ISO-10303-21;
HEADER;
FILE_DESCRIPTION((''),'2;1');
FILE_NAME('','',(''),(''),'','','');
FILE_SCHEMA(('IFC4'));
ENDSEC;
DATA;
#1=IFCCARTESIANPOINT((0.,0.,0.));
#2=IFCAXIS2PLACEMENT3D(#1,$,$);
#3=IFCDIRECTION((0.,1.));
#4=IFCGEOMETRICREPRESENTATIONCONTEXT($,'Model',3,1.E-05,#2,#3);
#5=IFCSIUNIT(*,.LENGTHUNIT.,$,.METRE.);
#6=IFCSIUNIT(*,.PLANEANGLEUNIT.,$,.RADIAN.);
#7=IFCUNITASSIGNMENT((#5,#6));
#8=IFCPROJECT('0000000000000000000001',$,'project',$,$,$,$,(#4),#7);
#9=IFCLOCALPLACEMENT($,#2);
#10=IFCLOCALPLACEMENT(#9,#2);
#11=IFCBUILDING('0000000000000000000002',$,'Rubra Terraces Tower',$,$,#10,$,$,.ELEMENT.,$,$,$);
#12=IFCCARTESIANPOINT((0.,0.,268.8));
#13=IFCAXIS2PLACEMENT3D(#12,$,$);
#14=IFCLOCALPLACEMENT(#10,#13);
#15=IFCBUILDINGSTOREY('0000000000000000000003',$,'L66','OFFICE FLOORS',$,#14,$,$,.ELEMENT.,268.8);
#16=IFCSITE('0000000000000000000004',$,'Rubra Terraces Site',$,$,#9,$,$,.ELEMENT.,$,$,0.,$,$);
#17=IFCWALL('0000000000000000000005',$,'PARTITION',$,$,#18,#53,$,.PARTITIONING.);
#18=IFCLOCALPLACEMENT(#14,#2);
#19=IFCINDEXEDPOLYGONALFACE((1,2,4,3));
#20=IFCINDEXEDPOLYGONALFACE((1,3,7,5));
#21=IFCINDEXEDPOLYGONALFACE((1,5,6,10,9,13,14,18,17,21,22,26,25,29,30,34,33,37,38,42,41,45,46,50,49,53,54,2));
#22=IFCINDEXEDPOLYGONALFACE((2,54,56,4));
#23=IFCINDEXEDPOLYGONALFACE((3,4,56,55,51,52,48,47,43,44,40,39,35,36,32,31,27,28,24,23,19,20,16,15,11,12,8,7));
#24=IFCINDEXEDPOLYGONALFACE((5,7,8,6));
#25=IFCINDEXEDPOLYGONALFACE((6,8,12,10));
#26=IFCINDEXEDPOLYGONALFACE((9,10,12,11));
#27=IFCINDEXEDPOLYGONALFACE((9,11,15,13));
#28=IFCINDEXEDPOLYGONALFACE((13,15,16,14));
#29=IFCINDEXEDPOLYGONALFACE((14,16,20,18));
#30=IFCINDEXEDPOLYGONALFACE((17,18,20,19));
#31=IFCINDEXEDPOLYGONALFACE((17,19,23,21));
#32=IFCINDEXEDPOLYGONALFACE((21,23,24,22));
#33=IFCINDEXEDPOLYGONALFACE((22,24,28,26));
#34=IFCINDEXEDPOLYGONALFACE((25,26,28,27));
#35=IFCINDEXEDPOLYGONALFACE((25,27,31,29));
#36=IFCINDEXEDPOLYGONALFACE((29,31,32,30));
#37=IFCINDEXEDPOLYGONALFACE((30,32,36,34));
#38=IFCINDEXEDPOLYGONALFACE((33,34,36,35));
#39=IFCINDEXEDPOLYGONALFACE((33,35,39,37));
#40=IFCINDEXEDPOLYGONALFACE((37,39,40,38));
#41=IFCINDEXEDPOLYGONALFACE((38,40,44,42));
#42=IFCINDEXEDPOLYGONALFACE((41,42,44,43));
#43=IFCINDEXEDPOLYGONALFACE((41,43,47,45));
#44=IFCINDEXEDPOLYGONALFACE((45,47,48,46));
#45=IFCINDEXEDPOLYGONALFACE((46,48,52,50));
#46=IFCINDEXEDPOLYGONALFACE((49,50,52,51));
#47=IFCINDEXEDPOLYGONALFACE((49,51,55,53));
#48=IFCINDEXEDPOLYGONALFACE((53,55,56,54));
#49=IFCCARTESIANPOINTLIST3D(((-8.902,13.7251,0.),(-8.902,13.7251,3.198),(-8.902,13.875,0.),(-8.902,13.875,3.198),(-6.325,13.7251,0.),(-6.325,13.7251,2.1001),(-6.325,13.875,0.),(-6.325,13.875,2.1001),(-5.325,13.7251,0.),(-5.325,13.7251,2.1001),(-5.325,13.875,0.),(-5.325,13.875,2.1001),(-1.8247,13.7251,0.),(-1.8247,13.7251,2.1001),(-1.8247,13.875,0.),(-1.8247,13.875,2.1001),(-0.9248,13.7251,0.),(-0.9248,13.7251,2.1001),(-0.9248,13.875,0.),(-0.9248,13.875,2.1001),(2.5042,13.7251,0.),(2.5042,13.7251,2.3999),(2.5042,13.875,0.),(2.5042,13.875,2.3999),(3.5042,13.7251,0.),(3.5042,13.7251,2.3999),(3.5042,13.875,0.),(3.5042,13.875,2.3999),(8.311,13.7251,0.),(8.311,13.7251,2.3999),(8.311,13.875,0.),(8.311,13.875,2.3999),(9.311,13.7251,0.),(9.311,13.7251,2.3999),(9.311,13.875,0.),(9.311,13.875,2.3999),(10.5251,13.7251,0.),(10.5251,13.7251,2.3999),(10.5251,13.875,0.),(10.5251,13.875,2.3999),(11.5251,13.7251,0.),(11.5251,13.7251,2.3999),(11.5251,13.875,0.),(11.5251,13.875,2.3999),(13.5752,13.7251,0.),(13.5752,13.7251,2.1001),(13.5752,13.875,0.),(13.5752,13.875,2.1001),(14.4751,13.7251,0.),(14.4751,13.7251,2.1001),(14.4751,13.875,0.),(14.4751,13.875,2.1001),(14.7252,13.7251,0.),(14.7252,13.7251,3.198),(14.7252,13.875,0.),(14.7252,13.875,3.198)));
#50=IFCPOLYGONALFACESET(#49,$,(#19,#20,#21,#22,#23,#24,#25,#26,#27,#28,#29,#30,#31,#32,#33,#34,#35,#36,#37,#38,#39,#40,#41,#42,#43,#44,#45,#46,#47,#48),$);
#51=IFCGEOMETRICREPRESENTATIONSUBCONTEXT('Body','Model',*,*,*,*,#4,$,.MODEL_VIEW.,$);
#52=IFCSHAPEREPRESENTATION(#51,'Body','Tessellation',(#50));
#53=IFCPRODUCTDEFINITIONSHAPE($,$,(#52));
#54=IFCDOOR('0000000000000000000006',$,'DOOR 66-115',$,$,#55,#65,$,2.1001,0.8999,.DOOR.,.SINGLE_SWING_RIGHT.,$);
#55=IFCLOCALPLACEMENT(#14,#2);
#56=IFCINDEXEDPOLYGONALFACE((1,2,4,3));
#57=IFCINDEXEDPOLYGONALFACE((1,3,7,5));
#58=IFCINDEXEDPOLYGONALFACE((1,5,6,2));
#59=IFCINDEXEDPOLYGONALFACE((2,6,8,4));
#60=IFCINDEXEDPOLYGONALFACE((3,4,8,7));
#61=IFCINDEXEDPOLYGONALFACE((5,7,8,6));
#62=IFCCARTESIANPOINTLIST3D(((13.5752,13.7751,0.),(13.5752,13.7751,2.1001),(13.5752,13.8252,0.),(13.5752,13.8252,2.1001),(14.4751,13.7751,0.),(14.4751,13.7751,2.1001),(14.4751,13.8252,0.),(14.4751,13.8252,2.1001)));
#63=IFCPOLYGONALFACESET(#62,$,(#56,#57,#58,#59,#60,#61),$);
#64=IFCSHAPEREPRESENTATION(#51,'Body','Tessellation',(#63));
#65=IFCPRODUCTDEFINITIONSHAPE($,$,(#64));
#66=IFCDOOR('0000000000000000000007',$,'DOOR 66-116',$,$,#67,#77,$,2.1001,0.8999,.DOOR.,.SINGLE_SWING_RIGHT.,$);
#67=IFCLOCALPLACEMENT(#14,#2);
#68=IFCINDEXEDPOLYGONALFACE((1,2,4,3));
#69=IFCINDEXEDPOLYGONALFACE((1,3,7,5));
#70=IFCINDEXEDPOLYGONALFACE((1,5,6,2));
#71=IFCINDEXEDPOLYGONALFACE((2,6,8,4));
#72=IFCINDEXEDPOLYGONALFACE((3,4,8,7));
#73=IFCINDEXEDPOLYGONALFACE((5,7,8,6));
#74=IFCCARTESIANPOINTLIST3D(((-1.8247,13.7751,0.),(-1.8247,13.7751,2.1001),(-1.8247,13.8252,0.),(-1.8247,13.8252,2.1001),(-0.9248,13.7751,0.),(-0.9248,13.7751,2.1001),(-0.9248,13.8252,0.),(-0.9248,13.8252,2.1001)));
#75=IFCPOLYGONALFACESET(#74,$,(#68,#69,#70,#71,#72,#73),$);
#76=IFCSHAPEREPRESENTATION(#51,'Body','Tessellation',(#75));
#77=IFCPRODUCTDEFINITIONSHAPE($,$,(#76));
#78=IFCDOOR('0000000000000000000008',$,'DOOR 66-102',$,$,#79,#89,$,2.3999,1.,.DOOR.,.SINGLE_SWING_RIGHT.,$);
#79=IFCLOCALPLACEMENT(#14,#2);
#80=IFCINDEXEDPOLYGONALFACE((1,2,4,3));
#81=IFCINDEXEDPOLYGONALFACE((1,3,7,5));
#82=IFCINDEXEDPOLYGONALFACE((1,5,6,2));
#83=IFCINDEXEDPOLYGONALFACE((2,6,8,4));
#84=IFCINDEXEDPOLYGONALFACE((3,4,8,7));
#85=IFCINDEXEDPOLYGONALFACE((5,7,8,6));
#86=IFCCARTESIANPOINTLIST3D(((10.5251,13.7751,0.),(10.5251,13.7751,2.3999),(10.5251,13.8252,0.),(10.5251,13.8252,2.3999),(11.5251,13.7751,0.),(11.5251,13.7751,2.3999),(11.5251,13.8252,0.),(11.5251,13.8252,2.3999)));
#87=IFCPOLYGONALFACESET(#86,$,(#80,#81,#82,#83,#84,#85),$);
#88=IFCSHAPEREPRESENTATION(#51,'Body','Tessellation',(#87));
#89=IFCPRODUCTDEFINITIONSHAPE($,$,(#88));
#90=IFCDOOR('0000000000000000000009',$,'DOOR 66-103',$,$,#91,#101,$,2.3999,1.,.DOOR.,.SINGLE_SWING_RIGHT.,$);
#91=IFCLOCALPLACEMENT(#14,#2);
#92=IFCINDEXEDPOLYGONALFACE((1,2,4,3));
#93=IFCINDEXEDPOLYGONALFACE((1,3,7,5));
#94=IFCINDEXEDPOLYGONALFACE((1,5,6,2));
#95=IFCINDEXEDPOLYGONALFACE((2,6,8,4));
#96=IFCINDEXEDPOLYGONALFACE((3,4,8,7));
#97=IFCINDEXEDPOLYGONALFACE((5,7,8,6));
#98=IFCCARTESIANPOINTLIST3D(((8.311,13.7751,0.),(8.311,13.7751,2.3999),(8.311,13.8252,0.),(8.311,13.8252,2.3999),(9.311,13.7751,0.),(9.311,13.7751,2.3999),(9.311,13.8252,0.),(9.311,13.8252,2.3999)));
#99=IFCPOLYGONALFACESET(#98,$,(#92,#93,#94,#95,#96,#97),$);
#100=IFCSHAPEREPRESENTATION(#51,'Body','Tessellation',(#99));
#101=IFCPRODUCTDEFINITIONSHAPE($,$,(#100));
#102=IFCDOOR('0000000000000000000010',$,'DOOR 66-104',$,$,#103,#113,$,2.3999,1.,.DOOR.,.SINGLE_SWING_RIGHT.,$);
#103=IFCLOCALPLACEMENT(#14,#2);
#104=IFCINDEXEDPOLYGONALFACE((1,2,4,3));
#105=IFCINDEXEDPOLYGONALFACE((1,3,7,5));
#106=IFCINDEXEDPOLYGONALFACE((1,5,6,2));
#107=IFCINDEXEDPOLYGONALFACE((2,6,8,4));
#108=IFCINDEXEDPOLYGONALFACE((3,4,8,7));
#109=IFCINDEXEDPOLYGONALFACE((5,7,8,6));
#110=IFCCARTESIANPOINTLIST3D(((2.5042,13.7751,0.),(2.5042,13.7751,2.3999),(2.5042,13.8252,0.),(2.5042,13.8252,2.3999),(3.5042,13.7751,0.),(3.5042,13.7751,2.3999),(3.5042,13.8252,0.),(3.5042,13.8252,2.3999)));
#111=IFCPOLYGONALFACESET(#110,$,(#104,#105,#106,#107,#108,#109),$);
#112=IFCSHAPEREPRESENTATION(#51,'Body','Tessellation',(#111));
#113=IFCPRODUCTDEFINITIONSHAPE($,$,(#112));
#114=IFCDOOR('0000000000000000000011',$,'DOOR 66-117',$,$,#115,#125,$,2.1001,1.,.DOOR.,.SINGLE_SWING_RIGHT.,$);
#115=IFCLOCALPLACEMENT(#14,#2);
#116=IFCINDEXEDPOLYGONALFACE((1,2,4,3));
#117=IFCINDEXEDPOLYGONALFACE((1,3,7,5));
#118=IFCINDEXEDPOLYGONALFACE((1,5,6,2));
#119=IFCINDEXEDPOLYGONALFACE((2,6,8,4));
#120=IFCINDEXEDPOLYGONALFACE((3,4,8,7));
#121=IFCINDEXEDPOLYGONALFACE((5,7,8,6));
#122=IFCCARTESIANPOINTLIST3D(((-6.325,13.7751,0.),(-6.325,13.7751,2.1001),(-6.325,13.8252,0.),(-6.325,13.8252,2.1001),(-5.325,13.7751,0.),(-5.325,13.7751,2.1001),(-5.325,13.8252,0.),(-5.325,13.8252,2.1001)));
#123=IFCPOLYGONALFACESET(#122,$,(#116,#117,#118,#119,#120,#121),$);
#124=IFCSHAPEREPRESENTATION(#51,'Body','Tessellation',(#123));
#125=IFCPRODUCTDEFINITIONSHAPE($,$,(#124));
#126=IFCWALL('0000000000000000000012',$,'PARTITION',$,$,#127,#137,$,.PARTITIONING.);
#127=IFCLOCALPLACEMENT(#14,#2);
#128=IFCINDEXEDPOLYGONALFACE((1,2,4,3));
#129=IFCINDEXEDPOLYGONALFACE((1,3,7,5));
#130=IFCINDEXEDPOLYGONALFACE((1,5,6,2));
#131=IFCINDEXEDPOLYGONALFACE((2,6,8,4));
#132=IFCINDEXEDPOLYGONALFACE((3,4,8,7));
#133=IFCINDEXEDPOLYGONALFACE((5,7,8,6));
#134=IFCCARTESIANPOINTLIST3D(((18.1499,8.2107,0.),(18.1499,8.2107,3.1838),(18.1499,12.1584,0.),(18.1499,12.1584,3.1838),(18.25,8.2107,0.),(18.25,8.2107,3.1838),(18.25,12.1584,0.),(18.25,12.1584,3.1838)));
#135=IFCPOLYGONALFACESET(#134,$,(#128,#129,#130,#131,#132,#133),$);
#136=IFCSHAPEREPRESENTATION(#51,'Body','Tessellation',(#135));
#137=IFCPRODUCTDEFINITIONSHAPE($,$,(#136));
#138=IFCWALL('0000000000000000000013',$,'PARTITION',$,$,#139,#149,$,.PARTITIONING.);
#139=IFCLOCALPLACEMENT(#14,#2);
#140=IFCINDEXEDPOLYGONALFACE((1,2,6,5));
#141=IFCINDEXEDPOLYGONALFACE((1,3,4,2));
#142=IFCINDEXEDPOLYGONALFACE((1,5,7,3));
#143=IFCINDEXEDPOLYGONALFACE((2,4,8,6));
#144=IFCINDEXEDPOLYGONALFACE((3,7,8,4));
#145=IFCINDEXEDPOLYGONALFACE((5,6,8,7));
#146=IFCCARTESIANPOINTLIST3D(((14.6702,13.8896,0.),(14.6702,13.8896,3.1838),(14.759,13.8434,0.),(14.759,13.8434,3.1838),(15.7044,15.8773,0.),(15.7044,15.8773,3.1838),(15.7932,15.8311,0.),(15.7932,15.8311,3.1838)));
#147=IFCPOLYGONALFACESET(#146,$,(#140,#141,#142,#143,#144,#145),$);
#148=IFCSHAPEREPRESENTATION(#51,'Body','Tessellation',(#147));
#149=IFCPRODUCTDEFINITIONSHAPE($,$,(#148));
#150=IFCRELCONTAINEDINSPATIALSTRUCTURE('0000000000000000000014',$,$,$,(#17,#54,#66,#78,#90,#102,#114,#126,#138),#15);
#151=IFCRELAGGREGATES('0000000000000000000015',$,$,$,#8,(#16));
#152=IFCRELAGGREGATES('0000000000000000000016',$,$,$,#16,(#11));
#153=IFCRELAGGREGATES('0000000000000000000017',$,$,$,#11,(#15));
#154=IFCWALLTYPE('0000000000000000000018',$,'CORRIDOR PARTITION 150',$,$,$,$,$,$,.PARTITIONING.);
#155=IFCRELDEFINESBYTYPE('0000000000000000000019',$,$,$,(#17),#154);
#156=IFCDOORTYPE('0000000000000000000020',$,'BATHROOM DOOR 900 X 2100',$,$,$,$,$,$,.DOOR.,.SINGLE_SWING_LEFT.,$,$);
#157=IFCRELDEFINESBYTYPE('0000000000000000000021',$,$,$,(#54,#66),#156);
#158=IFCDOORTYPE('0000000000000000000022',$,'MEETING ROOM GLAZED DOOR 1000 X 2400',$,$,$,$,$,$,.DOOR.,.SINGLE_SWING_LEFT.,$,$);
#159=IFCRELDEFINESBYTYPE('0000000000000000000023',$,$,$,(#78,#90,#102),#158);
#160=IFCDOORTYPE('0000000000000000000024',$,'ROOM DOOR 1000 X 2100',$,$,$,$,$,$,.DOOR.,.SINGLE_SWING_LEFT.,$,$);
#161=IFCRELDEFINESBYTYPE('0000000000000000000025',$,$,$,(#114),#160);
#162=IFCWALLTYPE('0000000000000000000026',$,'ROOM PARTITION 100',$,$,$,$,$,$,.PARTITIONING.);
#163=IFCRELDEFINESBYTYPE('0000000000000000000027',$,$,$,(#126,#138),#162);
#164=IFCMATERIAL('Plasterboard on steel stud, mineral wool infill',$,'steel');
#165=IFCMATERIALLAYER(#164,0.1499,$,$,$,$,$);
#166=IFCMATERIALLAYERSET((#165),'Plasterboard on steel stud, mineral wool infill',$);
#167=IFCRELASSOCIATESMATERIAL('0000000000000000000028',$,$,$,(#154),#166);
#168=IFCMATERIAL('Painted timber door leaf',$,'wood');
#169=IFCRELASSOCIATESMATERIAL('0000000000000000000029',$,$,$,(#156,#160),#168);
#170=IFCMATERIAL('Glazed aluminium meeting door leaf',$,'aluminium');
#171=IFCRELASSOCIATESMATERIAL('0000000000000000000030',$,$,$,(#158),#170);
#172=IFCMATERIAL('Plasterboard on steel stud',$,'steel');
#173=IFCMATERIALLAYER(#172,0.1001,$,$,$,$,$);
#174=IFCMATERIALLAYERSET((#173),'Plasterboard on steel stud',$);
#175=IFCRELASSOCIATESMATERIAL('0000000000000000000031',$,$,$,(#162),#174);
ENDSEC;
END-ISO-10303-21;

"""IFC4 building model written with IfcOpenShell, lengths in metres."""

from ifc_helpers import new_model, si_unit, direction, frame, frame_2d, origin, place, context, subcontext, project, spatial, rectangle, extrude, material, layer, layer_set, type_object, element, fill, save


model = new_model("IFC4")

# Units and contexts
model_context = context("Model", 3, precision=1e-05, world=origin(), true_north=direction((0.0, 1.0)))
body_context = subcontext(model_context, "Body", "Model", "MODEL_VIEW")
ifc_project = project(units=[si_unit("LENGTHUNIT", "METRE"), si_unit("PLANEANGLEUNIT", "RADIAN")], contexts=[model_context])

# Site, building, storey
site_placement = place(None, origin())
site = spatial("IfcSite", under=ifc_project, at=site_placement, Name="Rubra Terraces Site", CompositionType="ELEMENT", RefElevation=0.0)
building_placement = place(site_placement, origin())
building = spatial("IfcBuilding", under=site, at=building_placement, Name="Rubra Terraces Tower", CompositionType="ELEMENT")
storey_placement = place(building_placement, frame((0.0, 0.0, 268.8)))
storey = spatial("IfcBuildingStorey", under=building, at=storey_placement, Name="L66", Description="OFFICE FLOORS", CompositionType="ELEMENT", Elevation=268.8)

# Wall, openings, doors
ifc_material_1 = material(Name="Plasterboard on steel stud, mineral wool infill", Category="steel")
ifc_layer_1 = layer(ifc_material_1, 0.1499)
ifc_layer_set_1 = layer_set([ifc_layer_1], Name="Plasterboard on steel stud, mineral wool infill")
wall_type_1 = type_object("IfcWallType", Name="CORRIDOR PARTITION 150", PredefinedType="PARTITIONING", material=ifc_layer_set_1)
wall_1_placement = place(storey_placement, frame((14.7251, 13.8, 0.0), z_axis=(0.0, 0.0, 1.0), x_axis=(-1.0, 0.0, 0.0)))
wall_1 = element("IfcWall", 1, at=wall_1_placement, inside=storey, type_object=wall_type_1, Name="PARTITION", PredefinedType="PARTITIONING", context=body_context, shape_type="SweptSolid", body=[
    extrude(rectangle(XDim=23.6272, YDim=0.1499, at=frame_2d((11.8135, 0.0))), origin(), (0.0, 0.0, 1.0), 3.198),
])
opening_1_placement = place(wall_1_placement, frame((3.2, 0.0, 0.0)))
opening_1 = element("IfcOpeningElement", 2, at=opening_1_placement, cuts=wall_1, PredefinedType="OPENING", context=body_context, shape_type="SweptSolid", body=[
    extrude(rectangle(XDim=1.0, YDim=2.3999, at=frame_2d((0.5, 1.2))), frame((0.0, 0.085, 0.0), z_axis=(0.0, -1.0, 0.0), x_axis=(1.0, 0.0, 0.0)), (0.0, 0.0, 1.0), 0.1699),
])
opening_2_placement = place(wall_1_placement, frame((5.4141, 0.0, 0.0)))
opening_2 = element("IfcOpeningElement", 3, at=opening_2_placement, cuts=wall_1, PredefinedType="OPENING", context=body_context, shape_type="SweptSolid", body=[
    extrude(rectangle(XDim=1.0, YDim=2.3999, at=frame_2d((0.5, 1.2))), frame((0.0, 0.085, 0.0), z_axis=(0.0, -1.0, 0.0), x_axis=(1.0, 0.0, 0.0)), (0.0, 0.0, 1.0), 0.1699),
])
opening_3_placement = place(wall_1_placement, frame((11.2209, 0.0, 0.0)))
opening_3 = element("IfcOpeningElement", 4, at=opening_3_placement, cuts=wall_1, PredefinedType="OPENING", context=body_context, shape_type="SweptSolid", body=[
    extrude(rectangle(XDim=1.0, YDim=2.3999, at=frame_2d((0.5, 1.2))), frame((0.0, 0.085, 0.0), z_axis=(0.0, -1.0, 0.0), x_axis=(1.0, 0.0, 0.0)), (0.0, 0.0, 1.0), 0.1699),
])
opening_4_placement = place(wall_1_placement, frame((0.25, 0.0, 0.0)))
opening_4 = element("IfcOpeningElement", 5, at=opening_4_placement, cuts=wall_1, PredefinedType="OPENING", context=body_context, shape_type="SweptSolid", body=[
    extrude(rectangle(XDim=0.8999, YDim=2.1001, at=frame_2d((0.45, 1.05))), frame((0.0, 0.085, 0.0), z_axis=(0.0, -1.0, 0.0), x_axis=(1.0, 0.0, 0.0)), (0.0, 0.0, 1.0), 0.1699),
])
opening_5_placement = place(wall_1_placement, frame((15.6499, 0.0, 0.0)))
opening_5 = element("IfcOpeningElement", 6, at=opening_5_placement, cuts=wall_1, PredefinedType="OPENING", context=body_context, shape_type="SweptSolid", body=[
    extrude(rectangle(XDim=0.8999, YDim=2.1001, at=frame_2d((0.45, 1.05))), frame((0.0, 0.085, 0.0), z_axis=(0.0, -1.0, 0.0), x_axis=(1.0, 0.0, 0.0)), (0.0, 0.0, 1.0), 0.1699),
])
opening_6_placement = place(wall_1_placement, frame((20.05, 0.0, 0.0)))
opening_6 = element("IfcOpeningElement", 7, at=opening_6_placement, cuts=wall_1, PredefinedType="OPENING", context=body_context, shape_type="SweptSolid", body=[
    extrude(rectangle(XDim=1.0, YDim=2.1001, at=frame_2d((0.5, 1.05))), frame((0.0, 0.085, 0.0), z_axis=(0.0, -1.0, 0.0), x_axis=(1.0, 0.0, 0.0)), (0.0, 0.0, 1.0), 0.1699),
])
ifc_material_2 = material(Name="Painted timber door leaf", Category="wood")
door_type_1 = type_object("IfcDoorType", Name="BATHROOM DOOR 900 X 2100", OperationType="SINGLE_SWING_LEFT", PredefinedType="DOOR", material=ifc_material_2)
door_1_placement = place(opening_4_placement, origin())
door_1 = element("IfcDoor", 8, at=door_1_placement, inside=storey, type_object=door_type_1, Name="DOOR 66-115", OperationType="SINGLE_SWING_RIGHT", OverallHeight=2.1001, OverallWidth=0.8999, PredefinedType="DOOR", context=body_context, shape_type="SweptSolid", body=[
    extrude(rectangle(XDim=0.8999, YDim=2.1001, at=frame_2d((0.45, 1.05))), frame((0.0, 0.0249, 0.0), z_axis=(0.0, -1.0, 0.0), x_axis=(1.0, 0.0, 0.0)), (0.0, 0.0, 1.0), 0.05),
])
fill(opening_4, door_1)
door_2_placement = place(opening_5_placement, origin())
door_2 = element("IfcDoor", 9, at=door_2_placement, inside=storey, type_object=door_type_1, Name="DOOR 66-116", OperationType="SINGLE_SWING_RIGHT", OverallHeight=2.1001, OverallWidth=0.8999, PredefinedType="DOOR", context=body_context, shape_type="SweptSolid", body=[
    extrude(rectangle(XDim=0.8999, YDim=2.1001, at=frame_2d((0.45, 1.05))), frame((0.0, 0.0249, 0.0), z_axis=(0.0, -1.0, 0.0), x_axis=(1.0, 0.0, 0.0)), (0.0, 0.0, 1.0), 0.05),
])
fill(opening_5, door_2)
ifc_material_3 = material(Name="Glazed aluminium meeting door leaf", Category="aluminium")
door_type_2 = type_object("IfcDoorType", Name="MEETING ROOM GLAZED DOOR 1000 X 2400", OperationType="SINGLE_SWING_LEFT", PredefinedType="DOOR", material=ifc_material_3)
door_3_placement = place(opening_1_placement, origin())
door_3 = element("IfcDoor", 10, at=door_3_placement, inside=storey, type_object=door_type_2, Name="DOOR 66-102", OperationType="SINGLE_SWING_RIGHT", OverallHeight=2.3999, OverallWidth=1.0, PredefinedType="DOOR", context=body_context, shape_type="SweptSolid", body=[
    extrude(rectangle(XDim=1.0, YDim=2.3999, at=frame_2d((0.5, 1.2))), frame((0.0, 0.0249, 0.0), z_axis=(0.0, -1.0, 0.0), x_axis=(1.0, 0.0, 0.0)), (0.0, 0.0, 1.0), 0.05),
])
fill(opening_1, door_3)
door_4_placement = place(opening_2_placement, origin())
door_4 = element("IfcDoor", 11, at=door_4_placement, inside=storey, type_object=door_type_2, Name="DOOR 66-103", OperationType="SINGLE_SWING_RIGHT", OverallHeight=2.3999, OverallWidth=1.0, PredefinedType="DOOR", context=body_context, shape_type="SweptSolid", body=[
    extrude(rectangle(XDim=1.0, YDim=2.3999, at=frame_2d((0.5, 1.2))), frame((0.0, 0.0249, 0.0), z_axis=(0.0, -1.0, 0.0), x_axis=(1.0, 0.0, 0.0)), (0.0, 0.0, 1.0), 0.05),
])
fill(opening_2, door_4)
door_5_placement = place(opening_3_placement, origin())
door_5 = element("IfcDoor", 12, at=door_5_placement, inside=storey, type_object=door_type_2, Name="DOOR 66-104", OperationType="SINGLE_SWING_RIGHT", OverallHeight=2.3999, OverallWidth=1.0, PredefinedType="DOOR", context=body_context, shape_type="SweptSolid", body=[
    extrude(rectangle(XDim=1.0, YDim=2.3999, at=frame_2d((0.5, 1.2))), frame((0.0, 0.0249, 0.0), z_axis=(0.0, -1.0, 0.0), x_axis=(1.0, 0.0, 0.0)), (0.0, 0.0, 1.0), 0.05),
])
fill(opening_3, door_5)
door_type_3 = type_object("IfcDoorType", Name="ROOM DOOR 1000 X 2100", OperationType="SINGLE_SWING_LEFT", PredefinedType="DOOR", material=ifc_material_2)
door_6_placement = place(opening_6_placement, origin())
door_6 = element("IfcDoor", 13, at=door_6_placement, inside=storey, type_object=door_type_3, Name="DOOR 66-117", OperationType="SINGLE_SWING_RIGHT", OverallHeight=2.1001, OverallWidth=1.0, PredefinedType="DOOR", context=body_context, shape_type="SweptSolid", body=[
    extrude(rectangle(XDim=1.0, YDim=2.1001, at=frame_2d((0.5, 1.05))), frame((0.0, 0.0249, 0.0), z_axis=(0.0, -1.0, 0.0), x_axis=(1.0, 0.0, 0.0)), (0.0, 0.0, 1.0), 0.05),
])
fill(opening_6, door_6)

# Walls
ifc_material_4 = material(Name="Plasterboard on steel stud", Category="steel")
ifc_layer_2 = layer(ifc_material_4, 0.1001)
ifc_layer_set_2 = layer_set([ifc_layer_2], Name="Plasterboard on steel stud")
wall_type_2 = type_object("IfcWallType", Name="ROOM PARTITION 100", PredefinedType="PARTITIONING", material=ifc_layer_set_2)
wall_2_placement = place(storey_placement, frame((18.2, 12.1584, 0.0), z_axis=(0.0, 0.0, 1.0), x_axis=(0.0, -1.0, 0.0)))
element("IfcWall", 14, at=wall_2_placement, inside=storey, type_object=wall_type_2, Name="PARTITION", PredefinedType="PARTITIONING", context=body_context, shape_type="SweptSolid", body=[
    extrude(rectangle(XDim=3.9478, YDim=0.1001, at=frame_2d((1.9739, 0.0))), origin(), (0.0, 0.0, 1.0), 3.1838),
])
wall_3_placement = place(storey_placement, frame((14.7146, 13.8665, 0.0), z_axis=(0.0, 0.0, 1.0), x_axis=(0.461538, 0.88712, 0.0)))
element("IfcWall", 15, at=wall_3_placement, inside=storey, type_object=wall_type_2, Name="PARTITION", PredefinedType="PARTITIONING", context=body_context, shape_type="SweptSolid", body=[
    extrude(rectangle(XDim=2.2407, YDim=0.1001, at=frame_2d((1.1204, 0.0))), origin(), (0.0, 0.0, 1.0), 3.1838),
])

save(model, "model.ifc")
